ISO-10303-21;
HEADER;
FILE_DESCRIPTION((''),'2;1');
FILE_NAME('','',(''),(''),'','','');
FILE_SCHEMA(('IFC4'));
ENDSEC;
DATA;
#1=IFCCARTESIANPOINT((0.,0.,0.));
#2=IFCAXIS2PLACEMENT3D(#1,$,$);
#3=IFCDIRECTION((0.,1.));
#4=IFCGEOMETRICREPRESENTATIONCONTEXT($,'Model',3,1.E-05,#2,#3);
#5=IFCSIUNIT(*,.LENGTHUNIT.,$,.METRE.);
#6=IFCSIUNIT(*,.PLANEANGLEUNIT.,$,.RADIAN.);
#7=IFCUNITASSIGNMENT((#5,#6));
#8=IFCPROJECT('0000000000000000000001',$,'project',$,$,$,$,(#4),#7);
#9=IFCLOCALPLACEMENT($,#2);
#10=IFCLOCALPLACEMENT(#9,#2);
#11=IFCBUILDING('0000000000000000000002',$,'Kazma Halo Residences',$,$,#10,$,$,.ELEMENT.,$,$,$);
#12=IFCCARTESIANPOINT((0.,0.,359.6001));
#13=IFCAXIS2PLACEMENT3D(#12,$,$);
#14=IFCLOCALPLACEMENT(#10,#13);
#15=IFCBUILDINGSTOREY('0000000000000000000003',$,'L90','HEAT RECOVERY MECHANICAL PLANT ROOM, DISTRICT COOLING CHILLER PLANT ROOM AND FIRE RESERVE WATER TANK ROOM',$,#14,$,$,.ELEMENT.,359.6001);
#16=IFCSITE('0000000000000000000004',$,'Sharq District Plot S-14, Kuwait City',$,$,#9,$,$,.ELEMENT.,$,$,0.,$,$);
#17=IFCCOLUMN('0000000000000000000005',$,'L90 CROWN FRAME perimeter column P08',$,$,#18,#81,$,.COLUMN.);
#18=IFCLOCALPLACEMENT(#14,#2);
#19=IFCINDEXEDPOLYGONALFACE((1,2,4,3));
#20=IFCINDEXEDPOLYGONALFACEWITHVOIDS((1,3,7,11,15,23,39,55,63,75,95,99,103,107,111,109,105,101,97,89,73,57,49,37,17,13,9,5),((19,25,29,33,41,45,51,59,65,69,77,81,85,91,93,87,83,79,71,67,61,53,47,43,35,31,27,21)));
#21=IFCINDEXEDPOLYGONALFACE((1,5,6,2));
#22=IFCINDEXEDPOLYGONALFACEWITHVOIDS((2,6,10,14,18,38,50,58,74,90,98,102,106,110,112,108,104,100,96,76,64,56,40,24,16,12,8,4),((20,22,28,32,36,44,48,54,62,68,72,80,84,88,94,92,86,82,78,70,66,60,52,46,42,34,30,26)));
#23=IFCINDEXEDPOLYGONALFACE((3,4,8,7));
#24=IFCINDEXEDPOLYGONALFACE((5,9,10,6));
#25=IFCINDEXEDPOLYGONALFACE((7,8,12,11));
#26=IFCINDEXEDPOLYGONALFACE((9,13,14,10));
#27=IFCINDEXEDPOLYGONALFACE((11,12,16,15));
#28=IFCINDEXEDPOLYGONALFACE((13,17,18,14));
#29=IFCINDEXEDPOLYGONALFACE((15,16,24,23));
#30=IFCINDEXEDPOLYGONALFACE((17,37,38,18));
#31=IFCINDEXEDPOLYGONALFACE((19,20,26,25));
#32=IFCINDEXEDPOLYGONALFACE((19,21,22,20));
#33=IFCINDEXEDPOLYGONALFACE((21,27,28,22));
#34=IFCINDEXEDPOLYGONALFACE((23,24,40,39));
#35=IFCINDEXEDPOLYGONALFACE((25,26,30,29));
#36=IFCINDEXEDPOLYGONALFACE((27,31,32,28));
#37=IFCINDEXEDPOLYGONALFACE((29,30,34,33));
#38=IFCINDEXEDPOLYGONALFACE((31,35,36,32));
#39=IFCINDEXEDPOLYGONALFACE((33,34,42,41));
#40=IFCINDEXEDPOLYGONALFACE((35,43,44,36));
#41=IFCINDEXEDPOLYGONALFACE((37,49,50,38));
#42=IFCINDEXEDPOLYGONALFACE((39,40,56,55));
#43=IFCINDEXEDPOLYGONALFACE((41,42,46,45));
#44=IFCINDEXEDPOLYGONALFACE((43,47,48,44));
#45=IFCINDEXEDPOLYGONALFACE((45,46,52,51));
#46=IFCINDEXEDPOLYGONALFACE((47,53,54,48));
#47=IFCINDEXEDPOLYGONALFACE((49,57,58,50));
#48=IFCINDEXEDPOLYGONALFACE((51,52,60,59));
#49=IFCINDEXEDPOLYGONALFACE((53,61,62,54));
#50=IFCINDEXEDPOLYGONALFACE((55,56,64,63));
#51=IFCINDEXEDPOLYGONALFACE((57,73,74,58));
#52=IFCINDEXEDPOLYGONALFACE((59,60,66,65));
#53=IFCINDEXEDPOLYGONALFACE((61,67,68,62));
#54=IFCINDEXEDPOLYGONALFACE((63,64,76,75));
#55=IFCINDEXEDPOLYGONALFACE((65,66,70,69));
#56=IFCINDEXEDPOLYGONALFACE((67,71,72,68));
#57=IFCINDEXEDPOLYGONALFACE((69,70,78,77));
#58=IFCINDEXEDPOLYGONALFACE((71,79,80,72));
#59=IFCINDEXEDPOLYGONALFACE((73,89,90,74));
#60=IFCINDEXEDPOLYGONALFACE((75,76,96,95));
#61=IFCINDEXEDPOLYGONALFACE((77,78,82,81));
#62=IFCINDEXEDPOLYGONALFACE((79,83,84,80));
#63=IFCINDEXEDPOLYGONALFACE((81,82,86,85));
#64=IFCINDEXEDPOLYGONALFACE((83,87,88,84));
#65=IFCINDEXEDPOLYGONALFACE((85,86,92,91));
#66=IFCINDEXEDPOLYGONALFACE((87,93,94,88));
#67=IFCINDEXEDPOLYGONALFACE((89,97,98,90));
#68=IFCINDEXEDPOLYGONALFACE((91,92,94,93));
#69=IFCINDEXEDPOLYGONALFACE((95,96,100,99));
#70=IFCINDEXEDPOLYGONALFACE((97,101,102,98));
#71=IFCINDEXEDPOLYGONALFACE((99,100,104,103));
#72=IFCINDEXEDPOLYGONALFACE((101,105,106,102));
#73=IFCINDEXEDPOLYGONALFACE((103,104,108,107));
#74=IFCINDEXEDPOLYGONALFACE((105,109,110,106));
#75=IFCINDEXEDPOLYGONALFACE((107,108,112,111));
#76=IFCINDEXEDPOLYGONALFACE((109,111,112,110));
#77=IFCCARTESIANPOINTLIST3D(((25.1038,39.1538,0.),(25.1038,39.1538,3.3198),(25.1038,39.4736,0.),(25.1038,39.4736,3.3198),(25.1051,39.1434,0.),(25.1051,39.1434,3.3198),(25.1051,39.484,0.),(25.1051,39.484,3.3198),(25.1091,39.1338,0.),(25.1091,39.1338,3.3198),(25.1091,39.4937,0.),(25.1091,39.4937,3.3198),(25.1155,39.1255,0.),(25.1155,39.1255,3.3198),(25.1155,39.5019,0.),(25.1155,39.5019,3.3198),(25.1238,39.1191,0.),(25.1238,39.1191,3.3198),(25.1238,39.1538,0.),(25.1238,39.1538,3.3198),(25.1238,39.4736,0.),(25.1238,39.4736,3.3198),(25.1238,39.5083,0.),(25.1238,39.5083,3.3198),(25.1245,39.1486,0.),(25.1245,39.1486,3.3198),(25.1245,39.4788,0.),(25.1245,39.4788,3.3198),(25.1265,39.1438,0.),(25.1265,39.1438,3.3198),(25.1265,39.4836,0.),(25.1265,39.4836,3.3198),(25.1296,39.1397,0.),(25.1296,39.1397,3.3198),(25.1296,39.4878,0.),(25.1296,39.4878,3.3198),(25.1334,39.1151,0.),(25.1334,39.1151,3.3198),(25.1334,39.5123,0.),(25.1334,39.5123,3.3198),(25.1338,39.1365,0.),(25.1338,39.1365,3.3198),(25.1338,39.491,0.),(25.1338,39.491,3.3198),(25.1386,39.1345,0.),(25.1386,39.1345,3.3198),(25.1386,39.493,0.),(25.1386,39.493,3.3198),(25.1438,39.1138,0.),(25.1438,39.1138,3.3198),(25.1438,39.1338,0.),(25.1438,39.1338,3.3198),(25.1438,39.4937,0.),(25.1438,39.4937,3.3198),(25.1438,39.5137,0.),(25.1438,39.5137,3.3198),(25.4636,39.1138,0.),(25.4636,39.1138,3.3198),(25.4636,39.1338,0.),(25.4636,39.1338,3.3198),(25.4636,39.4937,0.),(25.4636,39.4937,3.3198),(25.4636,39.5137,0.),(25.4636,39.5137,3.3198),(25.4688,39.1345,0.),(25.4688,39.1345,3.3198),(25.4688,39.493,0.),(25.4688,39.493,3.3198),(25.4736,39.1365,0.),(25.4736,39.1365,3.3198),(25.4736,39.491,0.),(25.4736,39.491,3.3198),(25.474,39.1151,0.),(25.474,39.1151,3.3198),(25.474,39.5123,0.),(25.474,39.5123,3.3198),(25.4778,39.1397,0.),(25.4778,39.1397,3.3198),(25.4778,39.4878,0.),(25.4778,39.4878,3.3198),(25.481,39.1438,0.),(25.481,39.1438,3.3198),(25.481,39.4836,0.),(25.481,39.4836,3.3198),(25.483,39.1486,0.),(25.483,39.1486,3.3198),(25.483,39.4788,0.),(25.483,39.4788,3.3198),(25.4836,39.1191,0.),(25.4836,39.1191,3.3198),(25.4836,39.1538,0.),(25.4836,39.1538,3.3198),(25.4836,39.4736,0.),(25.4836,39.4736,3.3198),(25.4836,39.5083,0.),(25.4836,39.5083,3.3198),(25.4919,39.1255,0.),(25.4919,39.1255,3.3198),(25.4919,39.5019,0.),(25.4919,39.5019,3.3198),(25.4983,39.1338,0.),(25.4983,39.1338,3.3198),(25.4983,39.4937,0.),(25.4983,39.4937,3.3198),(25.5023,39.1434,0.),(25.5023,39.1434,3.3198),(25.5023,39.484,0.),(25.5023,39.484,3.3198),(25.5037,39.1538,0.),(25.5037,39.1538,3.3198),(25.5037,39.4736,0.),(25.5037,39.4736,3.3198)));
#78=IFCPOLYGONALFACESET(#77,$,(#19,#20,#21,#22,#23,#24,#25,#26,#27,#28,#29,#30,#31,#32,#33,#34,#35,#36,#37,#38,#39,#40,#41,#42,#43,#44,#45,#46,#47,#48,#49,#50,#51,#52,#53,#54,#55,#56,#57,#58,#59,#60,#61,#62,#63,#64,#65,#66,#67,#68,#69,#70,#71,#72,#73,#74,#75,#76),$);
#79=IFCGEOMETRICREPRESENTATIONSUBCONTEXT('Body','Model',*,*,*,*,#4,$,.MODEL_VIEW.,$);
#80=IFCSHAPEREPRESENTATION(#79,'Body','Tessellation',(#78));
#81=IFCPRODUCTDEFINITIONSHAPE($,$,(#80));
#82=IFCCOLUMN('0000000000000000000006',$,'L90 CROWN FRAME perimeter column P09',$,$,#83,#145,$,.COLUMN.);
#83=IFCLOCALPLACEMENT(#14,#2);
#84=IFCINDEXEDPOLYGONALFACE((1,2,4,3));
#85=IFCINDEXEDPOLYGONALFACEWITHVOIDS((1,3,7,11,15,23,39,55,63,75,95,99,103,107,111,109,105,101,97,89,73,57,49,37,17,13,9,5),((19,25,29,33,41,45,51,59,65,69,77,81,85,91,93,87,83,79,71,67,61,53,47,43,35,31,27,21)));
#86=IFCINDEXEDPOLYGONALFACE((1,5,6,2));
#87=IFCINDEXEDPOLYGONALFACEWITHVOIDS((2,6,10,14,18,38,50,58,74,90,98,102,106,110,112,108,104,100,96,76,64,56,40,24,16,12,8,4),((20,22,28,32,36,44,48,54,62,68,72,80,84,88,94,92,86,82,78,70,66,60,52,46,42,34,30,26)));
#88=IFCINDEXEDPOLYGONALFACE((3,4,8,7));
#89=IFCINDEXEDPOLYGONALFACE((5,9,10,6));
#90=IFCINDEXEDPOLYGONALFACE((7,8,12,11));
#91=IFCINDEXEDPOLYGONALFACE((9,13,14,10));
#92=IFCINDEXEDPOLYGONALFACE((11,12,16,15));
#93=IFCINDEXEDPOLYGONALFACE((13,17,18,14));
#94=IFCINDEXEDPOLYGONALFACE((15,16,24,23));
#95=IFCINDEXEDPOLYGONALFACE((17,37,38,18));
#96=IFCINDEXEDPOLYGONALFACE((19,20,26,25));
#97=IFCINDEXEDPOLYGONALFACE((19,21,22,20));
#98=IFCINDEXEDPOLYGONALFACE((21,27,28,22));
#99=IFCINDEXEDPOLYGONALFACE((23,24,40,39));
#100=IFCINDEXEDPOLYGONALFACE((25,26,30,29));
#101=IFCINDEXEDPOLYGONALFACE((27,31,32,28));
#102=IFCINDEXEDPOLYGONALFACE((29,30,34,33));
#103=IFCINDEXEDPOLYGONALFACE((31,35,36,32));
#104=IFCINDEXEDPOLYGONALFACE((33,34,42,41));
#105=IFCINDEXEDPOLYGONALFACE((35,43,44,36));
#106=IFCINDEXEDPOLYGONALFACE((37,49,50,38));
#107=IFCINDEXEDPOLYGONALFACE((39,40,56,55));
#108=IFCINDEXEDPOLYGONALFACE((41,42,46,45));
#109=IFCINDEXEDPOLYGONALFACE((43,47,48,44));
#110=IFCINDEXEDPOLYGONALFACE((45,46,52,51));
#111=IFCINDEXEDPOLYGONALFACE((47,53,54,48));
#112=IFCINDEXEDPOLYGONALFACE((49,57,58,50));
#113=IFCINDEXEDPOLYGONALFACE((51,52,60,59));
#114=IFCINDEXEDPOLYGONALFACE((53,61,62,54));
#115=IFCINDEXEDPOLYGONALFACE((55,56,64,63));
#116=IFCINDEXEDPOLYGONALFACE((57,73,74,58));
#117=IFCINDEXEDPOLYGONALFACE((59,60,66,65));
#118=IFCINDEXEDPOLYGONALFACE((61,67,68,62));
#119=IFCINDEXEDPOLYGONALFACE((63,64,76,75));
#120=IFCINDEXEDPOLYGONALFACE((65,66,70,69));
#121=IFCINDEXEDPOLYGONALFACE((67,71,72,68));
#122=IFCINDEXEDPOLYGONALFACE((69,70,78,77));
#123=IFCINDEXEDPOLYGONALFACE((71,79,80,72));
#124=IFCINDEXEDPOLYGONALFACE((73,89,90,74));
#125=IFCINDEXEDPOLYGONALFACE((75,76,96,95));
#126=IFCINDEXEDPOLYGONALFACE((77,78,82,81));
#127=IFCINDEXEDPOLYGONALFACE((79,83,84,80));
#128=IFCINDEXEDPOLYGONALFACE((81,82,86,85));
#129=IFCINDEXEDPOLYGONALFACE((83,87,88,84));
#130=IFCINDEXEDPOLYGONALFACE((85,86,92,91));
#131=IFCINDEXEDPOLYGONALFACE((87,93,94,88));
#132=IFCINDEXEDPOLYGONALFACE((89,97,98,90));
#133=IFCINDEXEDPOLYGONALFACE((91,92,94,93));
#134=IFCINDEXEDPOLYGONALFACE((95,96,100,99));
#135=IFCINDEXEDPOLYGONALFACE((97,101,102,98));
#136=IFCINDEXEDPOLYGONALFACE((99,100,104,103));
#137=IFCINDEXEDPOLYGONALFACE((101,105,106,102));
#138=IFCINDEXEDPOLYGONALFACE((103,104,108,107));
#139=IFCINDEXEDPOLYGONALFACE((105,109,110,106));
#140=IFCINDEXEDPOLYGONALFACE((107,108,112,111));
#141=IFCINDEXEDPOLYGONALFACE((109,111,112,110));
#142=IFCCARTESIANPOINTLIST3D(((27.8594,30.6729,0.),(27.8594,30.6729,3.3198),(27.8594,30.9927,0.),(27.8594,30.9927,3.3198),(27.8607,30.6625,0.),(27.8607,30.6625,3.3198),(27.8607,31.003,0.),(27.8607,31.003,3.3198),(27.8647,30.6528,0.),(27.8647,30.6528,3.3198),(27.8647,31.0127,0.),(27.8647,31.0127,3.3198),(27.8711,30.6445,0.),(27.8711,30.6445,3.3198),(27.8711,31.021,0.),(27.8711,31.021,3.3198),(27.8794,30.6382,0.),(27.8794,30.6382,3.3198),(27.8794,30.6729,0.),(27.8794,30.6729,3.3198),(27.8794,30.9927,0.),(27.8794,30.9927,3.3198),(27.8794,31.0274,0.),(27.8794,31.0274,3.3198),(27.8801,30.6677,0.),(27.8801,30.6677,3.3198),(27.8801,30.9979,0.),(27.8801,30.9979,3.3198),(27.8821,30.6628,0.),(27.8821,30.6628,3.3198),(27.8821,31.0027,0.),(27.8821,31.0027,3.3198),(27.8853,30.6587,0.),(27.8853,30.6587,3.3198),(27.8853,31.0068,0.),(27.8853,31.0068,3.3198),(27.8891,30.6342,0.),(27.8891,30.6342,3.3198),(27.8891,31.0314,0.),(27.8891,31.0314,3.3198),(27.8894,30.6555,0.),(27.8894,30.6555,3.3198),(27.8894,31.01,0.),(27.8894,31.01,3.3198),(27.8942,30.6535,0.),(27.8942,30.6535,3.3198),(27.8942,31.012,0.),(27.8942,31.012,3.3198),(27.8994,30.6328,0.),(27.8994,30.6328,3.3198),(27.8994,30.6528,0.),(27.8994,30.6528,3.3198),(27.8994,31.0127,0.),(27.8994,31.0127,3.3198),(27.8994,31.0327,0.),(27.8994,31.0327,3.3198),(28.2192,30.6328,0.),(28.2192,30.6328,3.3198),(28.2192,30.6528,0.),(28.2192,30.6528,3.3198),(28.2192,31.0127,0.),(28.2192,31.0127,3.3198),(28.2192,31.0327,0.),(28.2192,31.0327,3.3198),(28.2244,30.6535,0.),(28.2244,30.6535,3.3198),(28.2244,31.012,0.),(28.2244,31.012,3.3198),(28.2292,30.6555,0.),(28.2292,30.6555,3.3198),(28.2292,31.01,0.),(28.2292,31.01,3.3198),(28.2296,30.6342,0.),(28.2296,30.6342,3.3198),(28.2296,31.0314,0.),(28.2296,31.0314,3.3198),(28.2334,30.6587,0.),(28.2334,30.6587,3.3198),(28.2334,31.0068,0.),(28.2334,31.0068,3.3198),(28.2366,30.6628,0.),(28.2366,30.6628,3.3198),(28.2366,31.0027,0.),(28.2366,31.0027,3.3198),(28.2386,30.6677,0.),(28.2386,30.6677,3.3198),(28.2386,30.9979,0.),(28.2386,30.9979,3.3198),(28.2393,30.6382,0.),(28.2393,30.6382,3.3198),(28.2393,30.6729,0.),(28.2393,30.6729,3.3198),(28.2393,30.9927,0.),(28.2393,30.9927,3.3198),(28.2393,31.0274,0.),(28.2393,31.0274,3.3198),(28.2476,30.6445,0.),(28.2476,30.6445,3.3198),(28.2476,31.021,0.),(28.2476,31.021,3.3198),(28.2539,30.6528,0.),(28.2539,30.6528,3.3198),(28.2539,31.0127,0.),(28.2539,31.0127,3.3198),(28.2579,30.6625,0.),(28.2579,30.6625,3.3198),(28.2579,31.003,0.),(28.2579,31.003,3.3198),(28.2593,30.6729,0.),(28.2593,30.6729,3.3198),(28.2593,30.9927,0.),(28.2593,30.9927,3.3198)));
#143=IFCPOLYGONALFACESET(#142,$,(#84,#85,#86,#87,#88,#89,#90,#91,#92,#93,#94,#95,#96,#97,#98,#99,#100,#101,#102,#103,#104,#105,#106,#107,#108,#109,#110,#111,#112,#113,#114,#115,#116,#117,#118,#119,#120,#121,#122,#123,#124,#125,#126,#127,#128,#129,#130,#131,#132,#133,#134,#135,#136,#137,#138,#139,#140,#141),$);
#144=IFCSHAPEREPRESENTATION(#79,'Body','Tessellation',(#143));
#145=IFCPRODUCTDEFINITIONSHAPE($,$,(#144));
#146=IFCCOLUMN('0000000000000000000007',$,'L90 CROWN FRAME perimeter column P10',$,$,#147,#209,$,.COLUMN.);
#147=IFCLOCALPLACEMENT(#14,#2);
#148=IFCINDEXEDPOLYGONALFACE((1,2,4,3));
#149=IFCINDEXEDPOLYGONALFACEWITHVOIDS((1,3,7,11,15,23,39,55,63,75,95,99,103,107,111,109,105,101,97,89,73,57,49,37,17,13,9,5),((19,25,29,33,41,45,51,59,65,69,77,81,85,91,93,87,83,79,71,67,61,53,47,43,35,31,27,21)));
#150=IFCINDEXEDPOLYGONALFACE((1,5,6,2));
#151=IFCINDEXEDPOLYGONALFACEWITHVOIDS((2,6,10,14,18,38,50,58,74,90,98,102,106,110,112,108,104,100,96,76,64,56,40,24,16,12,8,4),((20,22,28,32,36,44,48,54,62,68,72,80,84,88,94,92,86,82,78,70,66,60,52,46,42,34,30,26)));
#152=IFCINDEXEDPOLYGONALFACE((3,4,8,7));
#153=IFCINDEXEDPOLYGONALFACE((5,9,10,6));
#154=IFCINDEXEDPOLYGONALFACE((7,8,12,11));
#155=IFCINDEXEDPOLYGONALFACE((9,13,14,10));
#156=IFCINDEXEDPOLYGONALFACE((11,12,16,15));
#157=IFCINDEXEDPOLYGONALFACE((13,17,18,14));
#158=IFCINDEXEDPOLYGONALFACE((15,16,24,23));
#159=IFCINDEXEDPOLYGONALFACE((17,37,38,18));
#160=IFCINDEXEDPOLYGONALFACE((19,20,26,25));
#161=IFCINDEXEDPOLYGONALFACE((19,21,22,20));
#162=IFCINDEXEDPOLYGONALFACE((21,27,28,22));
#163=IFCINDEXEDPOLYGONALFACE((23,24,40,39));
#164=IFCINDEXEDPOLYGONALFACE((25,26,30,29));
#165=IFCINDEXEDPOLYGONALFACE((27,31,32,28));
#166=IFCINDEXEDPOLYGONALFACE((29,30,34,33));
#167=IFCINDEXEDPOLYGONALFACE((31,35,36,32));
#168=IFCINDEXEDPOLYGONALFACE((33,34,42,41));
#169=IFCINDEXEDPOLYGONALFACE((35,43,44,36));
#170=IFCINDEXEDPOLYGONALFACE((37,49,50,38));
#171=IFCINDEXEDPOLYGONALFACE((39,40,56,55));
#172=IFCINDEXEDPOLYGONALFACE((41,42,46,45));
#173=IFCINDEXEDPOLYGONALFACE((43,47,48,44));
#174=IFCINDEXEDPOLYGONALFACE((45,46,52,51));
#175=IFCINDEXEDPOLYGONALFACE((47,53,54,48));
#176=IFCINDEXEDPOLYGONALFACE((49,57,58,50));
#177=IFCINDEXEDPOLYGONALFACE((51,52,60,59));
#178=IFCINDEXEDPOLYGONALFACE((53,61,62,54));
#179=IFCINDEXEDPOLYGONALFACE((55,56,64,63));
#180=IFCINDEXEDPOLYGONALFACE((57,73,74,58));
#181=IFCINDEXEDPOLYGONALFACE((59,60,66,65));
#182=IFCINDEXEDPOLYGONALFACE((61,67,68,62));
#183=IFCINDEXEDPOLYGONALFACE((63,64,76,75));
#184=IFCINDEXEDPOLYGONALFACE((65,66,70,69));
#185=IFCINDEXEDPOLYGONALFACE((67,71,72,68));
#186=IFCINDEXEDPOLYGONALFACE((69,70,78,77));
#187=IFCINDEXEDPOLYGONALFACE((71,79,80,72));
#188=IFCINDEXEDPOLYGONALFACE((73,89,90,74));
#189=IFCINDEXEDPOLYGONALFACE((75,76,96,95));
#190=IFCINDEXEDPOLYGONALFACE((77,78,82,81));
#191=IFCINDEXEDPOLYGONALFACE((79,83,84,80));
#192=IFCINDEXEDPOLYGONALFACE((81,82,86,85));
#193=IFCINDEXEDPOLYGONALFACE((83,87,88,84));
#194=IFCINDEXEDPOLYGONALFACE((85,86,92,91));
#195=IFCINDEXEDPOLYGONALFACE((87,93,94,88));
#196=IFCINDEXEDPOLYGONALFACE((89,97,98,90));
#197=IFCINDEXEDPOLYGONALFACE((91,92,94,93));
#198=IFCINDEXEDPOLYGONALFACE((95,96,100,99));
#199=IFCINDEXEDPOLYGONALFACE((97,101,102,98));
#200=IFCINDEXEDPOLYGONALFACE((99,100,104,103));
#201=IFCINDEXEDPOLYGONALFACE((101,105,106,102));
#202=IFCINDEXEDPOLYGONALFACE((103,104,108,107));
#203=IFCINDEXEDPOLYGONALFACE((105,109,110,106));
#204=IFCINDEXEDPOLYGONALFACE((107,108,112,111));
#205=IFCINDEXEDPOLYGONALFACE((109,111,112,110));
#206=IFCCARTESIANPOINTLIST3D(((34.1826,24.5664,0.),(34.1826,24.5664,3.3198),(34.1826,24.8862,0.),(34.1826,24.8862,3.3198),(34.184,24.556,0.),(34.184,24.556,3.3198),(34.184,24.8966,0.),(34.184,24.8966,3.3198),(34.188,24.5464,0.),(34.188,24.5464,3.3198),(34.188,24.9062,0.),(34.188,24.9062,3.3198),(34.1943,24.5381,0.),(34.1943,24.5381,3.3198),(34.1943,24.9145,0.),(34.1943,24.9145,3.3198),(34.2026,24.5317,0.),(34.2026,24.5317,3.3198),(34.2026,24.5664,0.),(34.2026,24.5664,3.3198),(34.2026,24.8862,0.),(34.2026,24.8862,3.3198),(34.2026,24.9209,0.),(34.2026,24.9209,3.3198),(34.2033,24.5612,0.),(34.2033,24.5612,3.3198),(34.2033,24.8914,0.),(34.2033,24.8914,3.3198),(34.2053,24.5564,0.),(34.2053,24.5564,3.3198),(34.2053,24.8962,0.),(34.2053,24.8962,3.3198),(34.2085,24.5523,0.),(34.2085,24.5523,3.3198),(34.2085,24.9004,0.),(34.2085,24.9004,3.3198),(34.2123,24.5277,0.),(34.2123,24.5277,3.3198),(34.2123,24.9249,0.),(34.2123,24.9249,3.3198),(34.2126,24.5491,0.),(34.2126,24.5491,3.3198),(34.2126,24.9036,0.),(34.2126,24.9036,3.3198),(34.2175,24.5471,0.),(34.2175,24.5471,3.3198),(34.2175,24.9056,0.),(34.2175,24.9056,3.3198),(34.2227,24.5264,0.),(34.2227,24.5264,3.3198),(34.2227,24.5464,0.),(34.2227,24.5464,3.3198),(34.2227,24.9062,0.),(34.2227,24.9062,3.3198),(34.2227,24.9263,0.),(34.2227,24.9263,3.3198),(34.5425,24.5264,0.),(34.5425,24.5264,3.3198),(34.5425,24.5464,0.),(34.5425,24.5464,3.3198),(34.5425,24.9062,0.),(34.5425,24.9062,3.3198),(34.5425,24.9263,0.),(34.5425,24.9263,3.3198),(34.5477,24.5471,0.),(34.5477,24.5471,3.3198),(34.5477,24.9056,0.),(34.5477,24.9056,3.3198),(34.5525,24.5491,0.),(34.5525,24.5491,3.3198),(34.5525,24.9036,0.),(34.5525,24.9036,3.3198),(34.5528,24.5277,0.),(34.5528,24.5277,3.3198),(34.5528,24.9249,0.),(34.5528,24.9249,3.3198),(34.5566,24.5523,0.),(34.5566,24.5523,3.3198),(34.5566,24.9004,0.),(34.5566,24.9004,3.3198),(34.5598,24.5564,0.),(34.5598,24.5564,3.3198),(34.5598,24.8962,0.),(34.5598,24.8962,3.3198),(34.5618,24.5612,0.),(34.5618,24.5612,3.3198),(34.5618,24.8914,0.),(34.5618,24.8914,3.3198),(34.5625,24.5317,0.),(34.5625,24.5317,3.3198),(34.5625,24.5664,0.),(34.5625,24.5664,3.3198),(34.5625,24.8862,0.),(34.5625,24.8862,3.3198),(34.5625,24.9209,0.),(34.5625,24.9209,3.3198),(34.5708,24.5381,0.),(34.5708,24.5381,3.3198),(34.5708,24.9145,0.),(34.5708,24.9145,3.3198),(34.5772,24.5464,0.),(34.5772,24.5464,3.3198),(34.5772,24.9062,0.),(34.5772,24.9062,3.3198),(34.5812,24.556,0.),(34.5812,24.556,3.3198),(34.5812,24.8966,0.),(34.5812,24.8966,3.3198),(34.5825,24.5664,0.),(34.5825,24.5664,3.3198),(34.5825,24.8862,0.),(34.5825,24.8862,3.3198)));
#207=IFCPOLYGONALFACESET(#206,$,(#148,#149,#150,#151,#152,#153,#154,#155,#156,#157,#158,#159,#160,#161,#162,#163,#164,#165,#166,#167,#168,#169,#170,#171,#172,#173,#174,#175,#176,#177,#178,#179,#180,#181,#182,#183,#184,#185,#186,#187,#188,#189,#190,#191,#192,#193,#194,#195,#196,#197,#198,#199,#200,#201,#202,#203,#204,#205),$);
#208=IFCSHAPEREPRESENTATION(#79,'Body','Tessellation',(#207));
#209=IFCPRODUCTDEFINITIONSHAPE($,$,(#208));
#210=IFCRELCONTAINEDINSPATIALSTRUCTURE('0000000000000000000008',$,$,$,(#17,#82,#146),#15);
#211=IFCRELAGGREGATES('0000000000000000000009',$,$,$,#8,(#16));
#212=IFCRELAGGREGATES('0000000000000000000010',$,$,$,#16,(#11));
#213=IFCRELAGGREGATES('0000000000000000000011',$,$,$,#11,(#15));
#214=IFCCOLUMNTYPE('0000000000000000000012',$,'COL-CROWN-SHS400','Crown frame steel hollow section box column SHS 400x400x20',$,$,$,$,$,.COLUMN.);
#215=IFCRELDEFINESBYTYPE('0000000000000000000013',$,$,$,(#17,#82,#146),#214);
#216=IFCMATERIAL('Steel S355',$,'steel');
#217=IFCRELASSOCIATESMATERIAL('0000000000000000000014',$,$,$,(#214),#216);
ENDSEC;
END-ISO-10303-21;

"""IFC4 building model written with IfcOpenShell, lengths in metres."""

from ifc_helpers import new_model, si_unit, direction, frame, origin, origin_2d, place, context, subcontext, project, spatial, hollow_rectangle, extrude, material, material_profile, profile_set, type_object, element, save


model = new_model("IFC4")

# Units and contexts
model_context = context("Model", 3, precision=1e-05, world=origin(), true_north=direction((0.0, 1.0)))
body_context = subcontext(model_context, "Body", "Model", "MODEL_VIEW")
ifc_project = project(units=[si_unit("LENGTHUNIT", "METRE"), si_unit("PLANEANGLEUNIT", "RADIAN")], contexts=[model_context])

# Site, building, storey
site_placement = place(None, origin())
site = spatial("IfcSite", under=ifc_project, at=site_placement, Name="Sharq District Plot S-14, Kuwait City", CompositionType="ELEMENT", RefElevation=0.0)
building_placement = place(site_placement, origin())
building = spatial("IfcBuilding", under=site, at=building_placement, Name="Kazma Halo Residences", CompositionType="ELEMENT")
storey_placement = place(building_placement, frame((0.0, 0.0, 359.6001)))
storey = spatial("IfcBuildingStorey", under=building, at=storey_placement, Name="L90", Description="HEAT RECOVERY MECHANICAL PLANT ROOM, DISTRICT COOLING CHILLER PLANT ROOM AND FIRE RESERVE WATER TANK ROOM", CompositionType="ELEMENT", Elevation=359.6001)

# Columns
ifc_material_1 = material(Name="Steel S355", Category="steel")
ifc_material_profile_1 = material_profile(ifc_material_1, hollow_rectangle(XDim=0.3999, YDim=0.3999, WallThickness=0.02, InnerFilletRadius=0.02, OuterFilletRadius=0.04, at=origin_2d()), Name="SHS400x400x20")
ifc_profile_set_1 = profile_set([ifc_material_profile_1], Name="Steel S355")
column_type = type_object("IfcColumnType", Name="COL-CROWN-SHS400", Description="Crown frame steel hollow section box column SHS 400x400x20", PredefinedType="COLUMN", material=ifc_profile_set_1)
for number, where, z_axis, x_axis, name in (
    (1, (25.3037, 39.3137, 0.0), (0.0, 0.0, 1.0), (1.0, 0.0, 0.0), "L90 CROWN FRAME perimeter column P08"),
    (2, (28.0593, 30.8328, 0.0), (0.0, 0.0, 1.0), (1.0, 0.0, 0.0), "L90 CROWN FRAME perimeter column P09"),
    (3, (34.3826, 24.7263, 0.0), (0.0, 0.0, 1.0), (1.0, 0.0, 0.0), "L90 CROWN FRAME perimeter column P10"),
):
    element("IfcColumn", number, at=place(storey_placement, frame(where, z_axis=z_axis, x_axis=x_axis)), inside=storey, type_object=column_type, Name=name, PredefinedType="COLUMN", context=body_context, shape_type="SweptSolid", body=[
        extrude(hollow_rectangle(XDim=0.3999, YDim=0.3999, WallThickness=0.02, InnerFilletRadius=0.02, OuterFilletRadius=0.04, at=origin_2d()), origin(), (0.0, 0.0, 1.0), 3.3198),
    ])

save(model, "model.ifc")
